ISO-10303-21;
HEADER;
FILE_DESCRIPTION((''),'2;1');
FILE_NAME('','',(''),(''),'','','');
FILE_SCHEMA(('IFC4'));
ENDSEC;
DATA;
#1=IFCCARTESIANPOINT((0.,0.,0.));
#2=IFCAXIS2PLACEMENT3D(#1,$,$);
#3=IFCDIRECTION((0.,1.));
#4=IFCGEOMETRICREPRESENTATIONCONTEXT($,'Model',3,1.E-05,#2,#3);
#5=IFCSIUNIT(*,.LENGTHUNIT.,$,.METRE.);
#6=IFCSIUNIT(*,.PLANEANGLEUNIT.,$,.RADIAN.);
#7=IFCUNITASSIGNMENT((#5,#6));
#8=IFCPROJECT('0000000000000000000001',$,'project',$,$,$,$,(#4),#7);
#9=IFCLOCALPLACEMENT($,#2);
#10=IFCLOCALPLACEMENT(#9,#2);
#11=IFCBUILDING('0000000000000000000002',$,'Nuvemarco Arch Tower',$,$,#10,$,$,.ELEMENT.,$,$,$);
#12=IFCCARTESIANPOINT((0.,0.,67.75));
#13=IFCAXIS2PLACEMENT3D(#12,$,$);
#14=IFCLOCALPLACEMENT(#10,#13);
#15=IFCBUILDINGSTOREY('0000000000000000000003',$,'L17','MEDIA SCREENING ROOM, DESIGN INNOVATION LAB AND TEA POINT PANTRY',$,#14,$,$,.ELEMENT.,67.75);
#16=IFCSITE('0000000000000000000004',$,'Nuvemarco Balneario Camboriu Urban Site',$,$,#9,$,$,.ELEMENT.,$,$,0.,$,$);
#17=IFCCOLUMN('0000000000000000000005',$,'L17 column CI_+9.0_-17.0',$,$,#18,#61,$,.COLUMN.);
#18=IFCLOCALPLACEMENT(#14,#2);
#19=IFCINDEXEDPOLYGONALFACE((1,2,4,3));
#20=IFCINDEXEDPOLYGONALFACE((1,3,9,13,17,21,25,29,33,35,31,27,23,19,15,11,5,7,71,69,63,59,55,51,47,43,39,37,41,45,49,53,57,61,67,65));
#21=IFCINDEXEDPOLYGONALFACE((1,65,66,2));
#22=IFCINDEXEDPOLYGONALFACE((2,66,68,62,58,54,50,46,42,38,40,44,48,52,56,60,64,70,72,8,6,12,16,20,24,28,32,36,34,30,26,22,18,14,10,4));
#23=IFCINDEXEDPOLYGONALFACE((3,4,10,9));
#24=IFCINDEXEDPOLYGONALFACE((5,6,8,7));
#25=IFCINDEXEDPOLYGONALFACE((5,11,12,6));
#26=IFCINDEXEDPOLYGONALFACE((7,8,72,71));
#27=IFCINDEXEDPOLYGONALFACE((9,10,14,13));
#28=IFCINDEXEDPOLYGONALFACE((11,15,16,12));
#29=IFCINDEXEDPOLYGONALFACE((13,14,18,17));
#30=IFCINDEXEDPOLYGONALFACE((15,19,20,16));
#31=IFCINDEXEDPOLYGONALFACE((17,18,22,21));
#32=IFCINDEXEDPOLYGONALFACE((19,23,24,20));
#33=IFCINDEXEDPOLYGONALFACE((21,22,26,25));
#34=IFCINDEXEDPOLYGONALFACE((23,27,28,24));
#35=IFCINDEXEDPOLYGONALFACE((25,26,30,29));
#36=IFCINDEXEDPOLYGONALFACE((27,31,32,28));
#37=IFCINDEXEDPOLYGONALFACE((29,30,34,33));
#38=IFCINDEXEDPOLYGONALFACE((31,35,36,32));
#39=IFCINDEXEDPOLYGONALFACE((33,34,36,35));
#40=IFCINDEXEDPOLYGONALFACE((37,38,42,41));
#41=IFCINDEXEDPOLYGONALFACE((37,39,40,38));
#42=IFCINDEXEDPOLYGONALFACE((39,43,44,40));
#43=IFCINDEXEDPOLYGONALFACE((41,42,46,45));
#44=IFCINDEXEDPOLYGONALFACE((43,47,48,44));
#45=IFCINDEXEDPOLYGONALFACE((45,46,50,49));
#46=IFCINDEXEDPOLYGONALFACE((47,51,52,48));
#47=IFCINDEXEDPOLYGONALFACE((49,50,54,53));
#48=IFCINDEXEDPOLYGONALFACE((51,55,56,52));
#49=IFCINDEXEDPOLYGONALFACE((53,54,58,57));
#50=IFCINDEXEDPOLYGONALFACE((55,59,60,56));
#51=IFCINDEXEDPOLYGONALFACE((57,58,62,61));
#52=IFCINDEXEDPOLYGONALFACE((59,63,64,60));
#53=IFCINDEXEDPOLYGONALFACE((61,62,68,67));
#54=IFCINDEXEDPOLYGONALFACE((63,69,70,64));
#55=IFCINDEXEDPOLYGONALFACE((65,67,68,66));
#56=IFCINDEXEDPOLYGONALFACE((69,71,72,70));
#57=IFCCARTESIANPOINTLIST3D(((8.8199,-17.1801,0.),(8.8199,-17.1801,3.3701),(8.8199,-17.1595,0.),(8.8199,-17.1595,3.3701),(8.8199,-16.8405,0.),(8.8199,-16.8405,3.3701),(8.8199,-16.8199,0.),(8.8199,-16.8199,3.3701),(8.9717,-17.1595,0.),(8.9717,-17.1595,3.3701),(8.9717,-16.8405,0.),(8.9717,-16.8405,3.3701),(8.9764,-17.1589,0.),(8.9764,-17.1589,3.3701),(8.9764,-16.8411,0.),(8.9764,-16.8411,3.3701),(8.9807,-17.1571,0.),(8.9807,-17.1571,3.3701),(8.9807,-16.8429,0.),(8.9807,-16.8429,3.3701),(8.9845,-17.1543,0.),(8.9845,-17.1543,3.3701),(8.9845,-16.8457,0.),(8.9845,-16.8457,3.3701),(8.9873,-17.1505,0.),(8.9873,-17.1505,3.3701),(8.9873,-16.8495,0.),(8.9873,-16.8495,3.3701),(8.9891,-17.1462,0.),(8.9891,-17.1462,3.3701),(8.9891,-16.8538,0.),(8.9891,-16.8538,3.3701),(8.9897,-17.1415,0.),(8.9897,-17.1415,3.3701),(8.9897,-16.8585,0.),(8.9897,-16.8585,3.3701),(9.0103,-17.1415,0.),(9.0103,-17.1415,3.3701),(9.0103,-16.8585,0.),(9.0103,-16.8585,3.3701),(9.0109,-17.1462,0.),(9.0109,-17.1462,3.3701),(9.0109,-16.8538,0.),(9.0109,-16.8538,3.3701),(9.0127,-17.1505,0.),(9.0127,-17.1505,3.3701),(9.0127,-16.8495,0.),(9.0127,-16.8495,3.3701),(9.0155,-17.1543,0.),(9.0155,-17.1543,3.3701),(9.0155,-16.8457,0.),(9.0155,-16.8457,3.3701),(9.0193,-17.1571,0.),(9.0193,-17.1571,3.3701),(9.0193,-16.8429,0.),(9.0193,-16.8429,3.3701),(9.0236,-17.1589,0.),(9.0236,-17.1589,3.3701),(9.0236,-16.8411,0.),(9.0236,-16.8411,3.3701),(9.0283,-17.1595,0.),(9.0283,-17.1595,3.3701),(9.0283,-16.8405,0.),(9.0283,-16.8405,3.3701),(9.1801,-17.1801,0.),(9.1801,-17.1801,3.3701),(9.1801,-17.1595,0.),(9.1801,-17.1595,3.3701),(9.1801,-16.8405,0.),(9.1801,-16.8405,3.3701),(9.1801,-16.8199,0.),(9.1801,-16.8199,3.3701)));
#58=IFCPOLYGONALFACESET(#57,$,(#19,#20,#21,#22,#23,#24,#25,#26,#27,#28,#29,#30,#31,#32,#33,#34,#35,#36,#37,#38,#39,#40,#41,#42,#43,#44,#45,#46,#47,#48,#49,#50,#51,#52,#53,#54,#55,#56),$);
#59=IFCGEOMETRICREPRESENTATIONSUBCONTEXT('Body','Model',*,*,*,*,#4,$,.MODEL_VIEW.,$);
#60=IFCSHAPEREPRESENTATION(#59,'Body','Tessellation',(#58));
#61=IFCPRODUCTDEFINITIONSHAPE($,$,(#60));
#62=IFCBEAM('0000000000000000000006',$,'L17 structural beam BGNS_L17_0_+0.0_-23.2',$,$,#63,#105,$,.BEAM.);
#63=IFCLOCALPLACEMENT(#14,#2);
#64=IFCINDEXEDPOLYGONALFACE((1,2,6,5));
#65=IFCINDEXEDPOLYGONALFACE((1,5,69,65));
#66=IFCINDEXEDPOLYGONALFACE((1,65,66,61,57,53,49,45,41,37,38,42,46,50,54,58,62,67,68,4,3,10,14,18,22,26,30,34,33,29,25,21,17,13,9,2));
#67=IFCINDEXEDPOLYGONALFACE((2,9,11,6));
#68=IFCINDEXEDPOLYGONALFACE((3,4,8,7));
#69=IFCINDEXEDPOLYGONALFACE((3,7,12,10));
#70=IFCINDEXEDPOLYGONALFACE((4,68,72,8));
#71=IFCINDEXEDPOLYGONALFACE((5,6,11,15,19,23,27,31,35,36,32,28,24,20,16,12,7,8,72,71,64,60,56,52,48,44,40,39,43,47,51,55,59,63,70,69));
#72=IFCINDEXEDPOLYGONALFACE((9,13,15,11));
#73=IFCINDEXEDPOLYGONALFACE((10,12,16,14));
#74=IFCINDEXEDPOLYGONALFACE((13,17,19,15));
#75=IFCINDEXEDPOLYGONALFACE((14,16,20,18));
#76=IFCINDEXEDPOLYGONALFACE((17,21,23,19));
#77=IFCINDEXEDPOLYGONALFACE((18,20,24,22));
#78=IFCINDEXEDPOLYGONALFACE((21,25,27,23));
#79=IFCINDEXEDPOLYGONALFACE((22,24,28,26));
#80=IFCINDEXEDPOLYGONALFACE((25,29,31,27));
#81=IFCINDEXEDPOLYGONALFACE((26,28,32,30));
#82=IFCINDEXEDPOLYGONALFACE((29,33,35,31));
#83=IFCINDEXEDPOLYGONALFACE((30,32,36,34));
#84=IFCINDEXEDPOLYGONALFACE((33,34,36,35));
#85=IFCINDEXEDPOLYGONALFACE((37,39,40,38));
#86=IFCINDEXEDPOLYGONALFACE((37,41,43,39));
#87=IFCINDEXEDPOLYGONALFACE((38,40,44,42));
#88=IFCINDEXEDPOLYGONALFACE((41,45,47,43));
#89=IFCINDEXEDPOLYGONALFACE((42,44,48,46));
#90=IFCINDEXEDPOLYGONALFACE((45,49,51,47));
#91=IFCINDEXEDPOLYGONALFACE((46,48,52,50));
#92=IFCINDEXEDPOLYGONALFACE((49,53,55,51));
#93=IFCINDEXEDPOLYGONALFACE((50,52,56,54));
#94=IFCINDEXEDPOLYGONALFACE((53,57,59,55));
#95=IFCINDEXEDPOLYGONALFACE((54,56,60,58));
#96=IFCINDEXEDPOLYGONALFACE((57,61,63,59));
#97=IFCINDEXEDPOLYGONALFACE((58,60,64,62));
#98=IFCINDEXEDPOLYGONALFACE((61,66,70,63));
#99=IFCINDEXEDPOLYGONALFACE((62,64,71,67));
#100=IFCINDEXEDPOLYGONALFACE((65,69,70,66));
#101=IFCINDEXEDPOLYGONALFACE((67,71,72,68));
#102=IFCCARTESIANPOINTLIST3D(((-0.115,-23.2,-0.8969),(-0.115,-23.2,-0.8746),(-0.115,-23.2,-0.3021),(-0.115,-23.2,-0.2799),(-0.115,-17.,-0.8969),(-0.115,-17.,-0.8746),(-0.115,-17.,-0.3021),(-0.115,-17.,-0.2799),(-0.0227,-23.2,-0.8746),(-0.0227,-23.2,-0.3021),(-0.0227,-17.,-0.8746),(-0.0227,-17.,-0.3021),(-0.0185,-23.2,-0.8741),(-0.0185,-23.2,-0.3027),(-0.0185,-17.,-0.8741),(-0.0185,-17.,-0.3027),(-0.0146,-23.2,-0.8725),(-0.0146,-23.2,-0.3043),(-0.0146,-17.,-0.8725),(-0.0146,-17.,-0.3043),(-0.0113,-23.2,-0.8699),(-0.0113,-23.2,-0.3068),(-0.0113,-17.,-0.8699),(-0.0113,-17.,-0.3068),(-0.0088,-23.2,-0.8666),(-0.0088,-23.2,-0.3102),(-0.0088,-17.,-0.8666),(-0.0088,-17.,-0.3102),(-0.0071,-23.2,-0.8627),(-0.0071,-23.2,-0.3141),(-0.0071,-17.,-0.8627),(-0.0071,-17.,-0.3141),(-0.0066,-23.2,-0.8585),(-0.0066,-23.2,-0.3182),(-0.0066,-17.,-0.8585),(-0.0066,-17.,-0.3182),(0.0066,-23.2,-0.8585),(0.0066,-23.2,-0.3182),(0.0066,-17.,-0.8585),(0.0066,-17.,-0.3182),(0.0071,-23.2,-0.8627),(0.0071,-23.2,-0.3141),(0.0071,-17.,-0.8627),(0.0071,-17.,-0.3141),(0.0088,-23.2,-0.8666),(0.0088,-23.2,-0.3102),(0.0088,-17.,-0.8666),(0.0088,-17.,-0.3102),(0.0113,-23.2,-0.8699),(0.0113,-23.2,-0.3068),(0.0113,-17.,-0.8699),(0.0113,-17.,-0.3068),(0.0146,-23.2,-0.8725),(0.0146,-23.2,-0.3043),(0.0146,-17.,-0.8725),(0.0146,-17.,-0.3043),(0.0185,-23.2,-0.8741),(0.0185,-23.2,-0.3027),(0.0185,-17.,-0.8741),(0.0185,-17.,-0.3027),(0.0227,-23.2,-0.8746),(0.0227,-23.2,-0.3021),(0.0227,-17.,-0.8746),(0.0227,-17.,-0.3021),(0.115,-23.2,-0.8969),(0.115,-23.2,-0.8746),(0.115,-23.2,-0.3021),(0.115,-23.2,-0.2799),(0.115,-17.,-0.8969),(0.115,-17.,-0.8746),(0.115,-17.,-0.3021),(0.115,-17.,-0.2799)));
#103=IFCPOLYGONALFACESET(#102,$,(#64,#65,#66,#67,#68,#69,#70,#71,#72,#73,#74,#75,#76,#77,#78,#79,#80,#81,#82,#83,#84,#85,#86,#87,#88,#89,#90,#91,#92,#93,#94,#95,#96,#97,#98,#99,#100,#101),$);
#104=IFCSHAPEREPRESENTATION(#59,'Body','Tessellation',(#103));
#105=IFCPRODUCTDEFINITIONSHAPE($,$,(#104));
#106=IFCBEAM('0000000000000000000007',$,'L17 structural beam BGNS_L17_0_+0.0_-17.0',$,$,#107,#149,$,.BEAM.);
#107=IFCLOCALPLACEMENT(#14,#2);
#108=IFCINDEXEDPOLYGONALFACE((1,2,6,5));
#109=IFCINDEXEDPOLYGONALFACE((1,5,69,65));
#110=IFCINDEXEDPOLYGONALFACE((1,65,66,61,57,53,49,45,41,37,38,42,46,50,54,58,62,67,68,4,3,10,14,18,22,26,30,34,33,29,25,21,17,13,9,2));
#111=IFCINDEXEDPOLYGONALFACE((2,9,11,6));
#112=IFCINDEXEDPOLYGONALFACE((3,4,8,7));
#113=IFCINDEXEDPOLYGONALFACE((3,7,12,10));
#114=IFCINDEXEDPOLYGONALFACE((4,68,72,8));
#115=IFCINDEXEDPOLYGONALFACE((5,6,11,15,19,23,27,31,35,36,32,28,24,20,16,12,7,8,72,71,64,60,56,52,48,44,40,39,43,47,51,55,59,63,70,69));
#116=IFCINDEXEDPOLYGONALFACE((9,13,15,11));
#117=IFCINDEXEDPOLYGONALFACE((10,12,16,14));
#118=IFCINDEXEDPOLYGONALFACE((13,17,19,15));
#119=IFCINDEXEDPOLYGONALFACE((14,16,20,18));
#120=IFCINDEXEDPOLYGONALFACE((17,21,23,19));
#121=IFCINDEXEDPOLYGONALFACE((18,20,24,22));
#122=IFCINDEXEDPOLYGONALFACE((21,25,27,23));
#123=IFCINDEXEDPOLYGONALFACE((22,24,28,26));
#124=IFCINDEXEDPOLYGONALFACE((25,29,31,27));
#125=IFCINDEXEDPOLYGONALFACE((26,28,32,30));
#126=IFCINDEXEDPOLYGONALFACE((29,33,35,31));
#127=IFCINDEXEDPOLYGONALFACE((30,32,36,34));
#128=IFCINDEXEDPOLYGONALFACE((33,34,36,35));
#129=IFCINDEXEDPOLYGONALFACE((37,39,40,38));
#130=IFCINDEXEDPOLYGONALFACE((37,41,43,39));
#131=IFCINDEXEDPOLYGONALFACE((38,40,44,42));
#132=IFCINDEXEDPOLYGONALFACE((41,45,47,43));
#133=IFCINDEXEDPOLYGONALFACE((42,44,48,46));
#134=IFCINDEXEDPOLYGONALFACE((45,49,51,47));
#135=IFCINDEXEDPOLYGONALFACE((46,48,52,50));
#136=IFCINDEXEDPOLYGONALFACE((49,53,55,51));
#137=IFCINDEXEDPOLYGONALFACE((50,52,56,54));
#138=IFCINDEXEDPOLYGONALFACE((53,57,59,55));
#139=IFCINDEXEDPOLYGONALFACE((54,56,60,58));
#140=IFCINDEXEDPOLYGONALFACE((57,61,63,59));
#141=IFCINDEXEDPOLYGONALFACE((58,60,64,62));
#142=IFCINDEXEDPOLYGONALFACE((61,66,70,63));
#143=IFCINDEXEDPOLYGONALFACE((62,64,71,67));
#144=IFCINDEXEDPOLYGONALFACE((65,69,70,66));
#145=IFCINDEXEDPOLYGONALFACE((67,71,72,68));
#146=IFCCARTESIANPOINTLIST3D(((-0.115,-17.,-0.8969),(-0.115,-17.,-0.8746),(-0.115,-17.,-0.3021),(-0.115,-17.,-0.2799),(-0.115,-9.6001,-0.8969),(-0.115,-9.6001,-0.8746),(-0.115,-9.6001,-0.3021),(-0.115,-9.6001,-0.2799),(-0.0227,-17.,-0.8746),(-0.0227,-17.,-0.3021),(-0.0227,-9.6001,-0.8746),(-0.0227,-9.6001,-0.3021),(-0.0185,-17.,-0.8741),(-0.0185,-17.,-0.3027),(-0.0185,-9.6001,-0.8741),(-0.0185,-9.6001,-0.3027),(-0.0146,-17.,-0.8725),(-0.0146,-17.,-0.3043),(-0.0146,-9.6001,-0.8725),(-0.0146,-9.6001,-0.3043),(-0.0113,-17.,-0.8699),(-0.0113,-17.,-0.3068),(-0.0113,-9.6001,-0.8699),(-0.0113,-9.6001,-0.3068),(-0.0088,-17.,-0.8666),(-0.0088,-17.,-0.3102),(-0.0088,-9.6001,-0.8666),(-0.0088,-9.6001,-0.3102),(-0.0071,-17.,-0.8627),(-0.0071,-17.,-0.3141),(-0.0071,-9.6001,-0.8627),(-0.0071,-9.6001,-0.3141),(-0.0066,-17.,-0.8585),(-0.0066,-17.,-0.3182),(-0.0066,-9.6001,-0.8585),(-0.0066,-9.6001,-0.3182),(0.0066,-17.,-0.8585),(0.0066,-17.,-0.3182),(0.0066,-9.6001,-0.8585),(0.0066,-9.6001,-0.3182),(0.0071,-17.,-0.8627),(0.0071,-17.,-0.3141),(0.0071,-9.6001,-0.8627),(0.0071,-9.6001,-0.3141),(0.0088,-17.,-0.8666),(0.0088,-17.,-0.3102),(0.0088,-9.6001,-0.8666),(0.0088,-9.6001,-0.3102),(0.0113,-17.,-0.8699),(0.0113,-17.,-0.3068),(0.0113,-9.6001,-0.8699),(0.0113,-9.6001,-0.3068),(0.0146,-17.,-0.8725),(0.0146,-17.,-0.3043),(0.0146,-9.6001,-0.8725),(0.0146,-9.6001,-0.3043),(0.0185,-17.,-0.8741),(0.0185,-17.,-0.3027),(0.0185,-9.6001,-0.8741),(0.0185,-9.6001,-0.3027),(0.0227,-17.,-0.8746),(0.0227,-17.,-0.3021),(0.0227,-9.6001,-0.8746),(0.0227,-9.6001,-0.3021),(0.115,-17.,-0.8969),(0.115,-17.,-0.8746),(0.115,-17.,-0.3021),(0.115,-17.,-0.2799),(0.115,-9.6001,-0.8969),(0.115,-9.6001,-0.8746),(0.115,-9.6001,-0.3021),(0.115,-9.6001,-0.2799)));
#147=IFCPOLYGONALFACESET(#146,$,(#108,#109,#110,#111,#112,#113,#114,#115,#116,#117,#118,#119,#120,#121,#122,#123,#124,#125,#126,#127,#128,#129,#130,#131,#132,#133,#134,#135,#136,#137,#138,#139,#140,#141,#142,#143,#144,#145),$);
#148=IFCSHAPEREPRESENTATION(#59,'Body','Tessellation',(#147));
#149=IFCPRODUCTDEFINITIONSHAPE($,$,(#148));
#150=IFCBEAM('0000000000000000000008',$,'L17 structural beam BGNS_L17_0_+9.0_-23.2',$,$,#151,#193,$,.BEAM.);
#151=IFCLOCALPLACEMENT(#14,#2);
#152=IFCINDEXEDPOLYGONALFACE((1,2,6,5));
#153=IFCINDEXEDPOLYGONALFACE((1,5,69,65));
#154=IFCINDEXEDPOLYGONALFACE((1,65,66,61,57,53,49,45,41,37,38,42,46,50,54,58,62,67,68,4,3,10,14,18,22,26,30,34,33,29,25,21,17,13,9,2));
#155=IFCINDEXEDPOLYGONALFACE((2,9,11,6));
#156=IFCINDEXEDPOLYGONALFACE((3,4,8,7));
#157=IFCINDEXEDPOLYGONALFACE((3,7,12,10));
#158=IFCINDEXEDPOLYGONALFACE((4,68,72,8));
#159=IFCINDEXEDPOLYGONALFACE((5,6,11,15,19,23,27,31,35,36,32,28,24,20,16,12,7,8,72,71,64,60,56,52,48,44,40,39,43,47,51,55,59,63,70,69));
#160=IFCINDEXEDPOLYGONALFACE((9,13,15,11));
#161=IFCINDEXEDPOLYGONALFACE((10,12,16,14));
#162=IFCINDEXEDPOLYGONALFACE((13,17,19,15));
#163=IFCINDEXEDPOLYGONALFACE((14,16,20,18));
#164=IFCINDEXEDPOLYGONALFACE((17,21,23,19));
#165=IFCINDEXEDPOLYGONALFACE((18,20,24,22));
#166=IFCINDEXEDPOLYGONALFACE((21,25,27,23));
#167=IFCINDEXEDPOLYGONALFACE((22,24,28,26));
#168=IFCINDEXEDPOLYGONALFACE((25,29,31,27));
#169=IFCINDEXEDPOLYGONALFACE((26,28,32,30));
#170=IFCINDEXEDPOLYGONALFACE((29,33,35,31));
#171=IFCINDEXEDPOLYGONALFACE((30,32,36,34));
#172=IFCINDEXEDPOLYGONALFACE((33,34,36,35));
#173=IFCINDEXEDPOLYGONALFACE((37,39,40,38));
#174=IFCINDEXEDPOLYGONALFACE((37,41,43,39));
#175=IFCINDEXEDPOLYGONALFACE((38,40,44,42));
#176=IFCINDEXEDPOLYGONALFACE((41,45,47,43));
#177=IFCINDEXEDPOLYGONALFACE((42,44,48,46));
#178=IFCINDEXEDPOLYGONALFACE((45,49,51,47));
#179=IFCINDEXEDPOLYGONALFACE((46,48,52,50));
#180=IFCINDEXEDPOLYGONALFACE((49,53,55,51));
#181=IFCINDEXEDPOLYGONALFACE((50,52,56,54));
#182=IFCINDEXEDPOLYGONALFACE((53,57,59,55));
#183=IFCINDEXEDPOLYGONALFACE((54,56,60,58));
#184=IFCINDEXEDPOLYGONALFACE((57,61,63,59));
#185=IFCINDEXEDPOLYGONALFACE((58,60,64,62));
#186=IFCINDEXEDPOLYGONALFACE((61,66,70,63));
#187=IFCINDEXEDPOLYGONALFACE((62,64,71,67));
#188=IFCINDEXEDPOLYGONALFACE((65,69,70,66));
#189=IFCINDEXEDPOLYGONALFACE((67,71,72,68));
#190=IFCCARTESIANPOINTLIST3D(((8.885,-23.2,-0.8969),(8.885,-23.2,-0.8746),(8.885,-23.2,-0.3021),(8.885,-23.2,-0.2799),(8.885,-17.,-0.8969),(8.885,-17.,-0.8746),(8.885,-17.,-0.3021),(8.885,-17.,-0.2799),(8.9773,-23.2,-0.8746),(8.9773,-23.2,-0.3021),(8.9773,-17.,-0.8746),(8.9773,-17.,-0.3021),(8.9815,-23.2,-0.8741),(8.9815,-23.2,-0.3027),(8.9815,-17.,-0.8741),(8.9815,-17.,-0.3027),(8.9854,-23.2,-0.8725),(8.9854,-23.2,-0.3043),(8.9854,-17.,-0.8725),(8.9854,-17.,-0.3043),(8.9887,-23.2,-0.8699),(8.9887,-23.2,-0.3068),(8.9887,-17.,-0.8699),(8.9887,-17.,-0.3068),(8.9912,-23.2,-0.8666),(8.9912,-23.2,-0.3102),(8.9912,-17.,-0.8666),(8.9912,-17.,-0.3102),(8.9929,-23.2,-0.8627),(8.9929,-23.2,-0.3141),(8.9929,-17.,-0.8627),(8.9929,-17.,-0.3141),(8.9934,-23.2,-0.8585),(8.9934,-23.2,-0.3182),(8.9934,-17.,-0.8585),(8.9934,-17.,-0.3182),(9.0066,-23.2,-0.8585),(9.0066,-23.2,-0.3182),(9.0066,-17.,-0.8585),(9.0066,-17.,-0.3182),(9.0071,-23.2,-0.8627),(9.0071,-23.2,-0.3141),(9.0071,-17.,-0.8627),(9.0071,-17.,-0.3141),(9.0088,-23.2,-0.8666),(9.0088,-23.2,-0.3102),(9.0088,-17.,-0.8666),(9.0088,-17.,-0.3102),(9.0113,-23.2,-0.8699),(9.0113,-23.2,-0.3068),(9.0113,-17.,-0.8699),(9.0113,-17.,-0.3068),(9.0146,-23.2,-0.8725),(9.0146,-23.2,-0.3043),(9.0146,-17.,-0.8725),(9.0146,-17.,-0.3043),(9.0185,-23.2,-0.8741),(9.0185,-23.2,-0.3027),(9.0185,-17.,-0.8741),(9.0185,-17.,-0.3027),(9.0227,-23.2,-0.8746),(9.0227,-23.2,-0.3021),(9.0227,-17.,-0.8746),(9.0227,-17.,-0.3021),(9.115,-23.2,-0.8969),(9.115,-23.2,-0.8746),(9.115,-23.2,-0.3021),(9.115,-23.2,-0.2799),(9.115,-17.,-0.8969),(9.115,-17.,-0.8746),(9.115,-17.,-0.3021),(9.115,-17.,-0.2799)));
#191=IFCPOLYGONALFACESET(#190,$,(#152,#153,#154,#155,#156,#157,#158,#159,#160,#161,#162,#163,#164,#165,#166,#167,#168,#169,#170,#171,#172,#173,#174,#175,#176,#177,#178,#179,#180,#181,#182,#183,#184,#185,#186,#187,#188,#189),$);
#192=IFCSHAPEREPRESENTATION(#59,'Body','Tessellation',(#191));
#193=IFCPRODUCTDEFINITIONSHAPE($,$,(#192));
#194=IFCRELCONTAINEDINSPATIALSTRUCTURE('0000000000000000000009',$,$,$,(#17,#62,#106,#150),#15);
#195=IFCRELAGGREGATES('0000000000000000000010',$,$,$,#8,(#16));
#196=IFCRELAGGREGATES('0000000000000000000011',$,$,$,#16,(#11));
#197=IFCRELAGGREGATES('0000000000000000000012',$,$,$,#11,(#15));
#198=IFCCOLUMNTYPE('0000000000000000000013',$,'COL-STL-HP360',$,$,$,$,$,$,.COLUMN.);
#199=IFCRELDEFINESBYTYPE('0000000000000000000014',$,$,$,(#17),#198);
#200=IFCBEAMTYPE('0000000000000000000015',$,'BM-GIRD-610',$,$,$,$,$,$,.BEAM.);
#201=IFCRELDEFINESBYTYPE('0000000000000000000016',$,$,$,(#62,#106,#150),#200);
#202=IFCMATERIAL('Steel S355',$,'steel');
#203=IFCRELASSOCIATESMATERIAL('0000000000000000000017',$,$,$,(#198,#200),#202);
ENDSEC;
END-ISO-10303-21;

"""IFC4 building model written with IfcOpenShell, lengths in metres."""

from ifc_helpers import new_model, si_unit, direction, frame, origin, origin_2d, place, context, subcontext, project, spatial, i_section, extrude, material, material_profile, profile_set, type_object, element, save


model = new_model("IFC4")

# Units and contexts
model_context = context("Model", 3, precision=1e-05, world=origin(), true_north=direction((0.0, 1.0)))
body_context = subcontext(model_context, "Body", "Model", "MODEL_VIEW")
ifc_project = project(units=[si_unit("LENGTHUNIT", "METRE"), si_unit("PLANEANGLEUNIT", "RADIAN")], contexts=[model_context])

# Site, building, storey
site_placement = place(None, origin())
site = spatial("IfcSite", under=ifc_project, at=site_placement, Name="Nuvemarco Balneario Camboriu Urban Site", CompositionType="ELEMENT", RefElevation=0.0)
building_placement = place(site_placement, origin())
building = spatial("IfcBuilding", under=site, at=building_placement, Name="Nuvemarco Arch Tower", CompositionType="ELEMENT")
storey_placement = place(building_placement, frame((0.0, 0.0, 67.75)))
storey = spatial("IfcBuildingStorey", under=building, at=storey_placement, Name="L17", Description="MEDIA SCREENING ROOM, DESIGN INNOVATION LAB AND TEA POINT PANTRY", CompositionType="ELEMENT", Elevation=67.75)

# Column
ifc_material_1 = material(Name="Steel S355", Category="steel")
ifc_material_profile_1 = material_profile(ifc_material_1, i_section(OverallWidth=0.3601, OverallDepth=0.3601, WebThickness=0.0205, FlangeThickness=0.0205, FilletRadius=0.0181, at=origin_2d()), Name="HP360x174")
ifc_profile_set_1 = profile_set([ifc_material_profile_1], Name="Steel S355")
column_type_1 = type_object("IfcColumnType", Name="COL-STL-HP360", PredefinedType="COLUMN", material=ifc_profile_set_1)
for number, where, z_axis, x_axis, name in (
    (1, (9.0, -17.0, 0.0), (0.0, 0.0, 1.0), (1.0, 0.0, 0.0), "L17 column CI_+9.0_-17.0"),
):
    element("IfcColumn", number, at=place(storey_placement, frame(where, z_axis=z_axis, x_axis=x_axis)), inside=storey, type_object=column_type_1, Name=name, PredefinedType="COLUMN", context=body_context, shape_type="SweptSolid", body=[
        extrude(i_section(OverallWidth=0.3601, OverallDepth=0.3601, WebThickness=0.0205, FlangeThickness=0.0205, FilletRadius=0.0181, at=origin_2d()), origin(), (0.0, 0.0, 1.0), 3.3701),
    ])

# Beams
ifc_material_profile_2 = material_profile(ifc_material_1, i_section(OverallWidth=0.23, OverallDepth=0.6169, WebThickness=0.0132, FlangeThickness=0.0222, FilletRadius=0.0161, at=origin_2d()), Name="W610x140")
ifc_profile_set_2 = profile_set([ifc_material_profile_2], Name="Steel S355")
beam_type_1 = type_object("IfcBeamType", Name="BM-GIRD-610", PredefinedType="BEAM", material=ifc_profile_set_2)
beam_1_placement = place(storey_placement, frame((0.0, -23.2, -0.5884), z_axis=(0.0, 1.0, 0.0), x_axis=(-1.0, 0.0, 0.0)))
element("IfcBeam", 2, at=beam_1_placement, inside=storey, type_object=beam_type_1, Name="L17 structural beam BGNS_L17_0_+0.0_-23.2", PredefinedType="BEAM", context=body_context, shape_type="SweptSolid", body=[
    extrude(i_section(OverallWidth=0.23, OverallDepth=0.6169, WebThickness=0.0132, FlangeThickness=0.0222, FilletRadius=0.0161, at=origin_2d()), origin(), (0.0, 0.0, 1.0), 6.2),
])
beam_2_placement = place(storey_placement, frame((0.0, -17.0, -0.5884), z_axis=(0.0, 1.0, 0.0), x_axis=(-1.0, 0.0, 0.0)))
element("IfcBeam", 3, at=beam_2_placement, inside=storey, type_object=beam_type_1, Name="L17 structural beam BGNS_L17_0_+0.0_-17.0", PredefinedType="BEAM", context=body_context, shape_type="SweptSolid", body=[
    extrude(i_section(OverallWidth=0.23, OverallDepth=0.6169, WebThickness=0.0132, FlangeThickness=0.0222, FilletRadius=0.0161, at=origin_2d()), origin(), (0.0, 0.0, 1.0), 7.3999),
])
beam_3_placement = place(storey_placement, frame((9.0, -23.2, -0.5884), z_axis=(0.0, 1.0, 0.0), x_axis=(-1.0, 0.0, 0.0)))
element("IfcBeam", 4, at=beam_3_placement, inside=storey, type_object=beam_type_1, Name="L17 structural beam BGNS_L17_0_+9.0_-23.2", PredefinedType="BEAM", context=body_context, shape_type="SweptSolid", body=[
    extrude(i_section(OverallWidth=0.23, OverallDepth=0.6169, WebThickness=0.0132, FlangeThickness=0.0222, FilletRadius=0.0161, at=origin_2d()), origin(), (0.0, 0.0, 1.0), 6.2),
])

save(model, "model.ifc")
